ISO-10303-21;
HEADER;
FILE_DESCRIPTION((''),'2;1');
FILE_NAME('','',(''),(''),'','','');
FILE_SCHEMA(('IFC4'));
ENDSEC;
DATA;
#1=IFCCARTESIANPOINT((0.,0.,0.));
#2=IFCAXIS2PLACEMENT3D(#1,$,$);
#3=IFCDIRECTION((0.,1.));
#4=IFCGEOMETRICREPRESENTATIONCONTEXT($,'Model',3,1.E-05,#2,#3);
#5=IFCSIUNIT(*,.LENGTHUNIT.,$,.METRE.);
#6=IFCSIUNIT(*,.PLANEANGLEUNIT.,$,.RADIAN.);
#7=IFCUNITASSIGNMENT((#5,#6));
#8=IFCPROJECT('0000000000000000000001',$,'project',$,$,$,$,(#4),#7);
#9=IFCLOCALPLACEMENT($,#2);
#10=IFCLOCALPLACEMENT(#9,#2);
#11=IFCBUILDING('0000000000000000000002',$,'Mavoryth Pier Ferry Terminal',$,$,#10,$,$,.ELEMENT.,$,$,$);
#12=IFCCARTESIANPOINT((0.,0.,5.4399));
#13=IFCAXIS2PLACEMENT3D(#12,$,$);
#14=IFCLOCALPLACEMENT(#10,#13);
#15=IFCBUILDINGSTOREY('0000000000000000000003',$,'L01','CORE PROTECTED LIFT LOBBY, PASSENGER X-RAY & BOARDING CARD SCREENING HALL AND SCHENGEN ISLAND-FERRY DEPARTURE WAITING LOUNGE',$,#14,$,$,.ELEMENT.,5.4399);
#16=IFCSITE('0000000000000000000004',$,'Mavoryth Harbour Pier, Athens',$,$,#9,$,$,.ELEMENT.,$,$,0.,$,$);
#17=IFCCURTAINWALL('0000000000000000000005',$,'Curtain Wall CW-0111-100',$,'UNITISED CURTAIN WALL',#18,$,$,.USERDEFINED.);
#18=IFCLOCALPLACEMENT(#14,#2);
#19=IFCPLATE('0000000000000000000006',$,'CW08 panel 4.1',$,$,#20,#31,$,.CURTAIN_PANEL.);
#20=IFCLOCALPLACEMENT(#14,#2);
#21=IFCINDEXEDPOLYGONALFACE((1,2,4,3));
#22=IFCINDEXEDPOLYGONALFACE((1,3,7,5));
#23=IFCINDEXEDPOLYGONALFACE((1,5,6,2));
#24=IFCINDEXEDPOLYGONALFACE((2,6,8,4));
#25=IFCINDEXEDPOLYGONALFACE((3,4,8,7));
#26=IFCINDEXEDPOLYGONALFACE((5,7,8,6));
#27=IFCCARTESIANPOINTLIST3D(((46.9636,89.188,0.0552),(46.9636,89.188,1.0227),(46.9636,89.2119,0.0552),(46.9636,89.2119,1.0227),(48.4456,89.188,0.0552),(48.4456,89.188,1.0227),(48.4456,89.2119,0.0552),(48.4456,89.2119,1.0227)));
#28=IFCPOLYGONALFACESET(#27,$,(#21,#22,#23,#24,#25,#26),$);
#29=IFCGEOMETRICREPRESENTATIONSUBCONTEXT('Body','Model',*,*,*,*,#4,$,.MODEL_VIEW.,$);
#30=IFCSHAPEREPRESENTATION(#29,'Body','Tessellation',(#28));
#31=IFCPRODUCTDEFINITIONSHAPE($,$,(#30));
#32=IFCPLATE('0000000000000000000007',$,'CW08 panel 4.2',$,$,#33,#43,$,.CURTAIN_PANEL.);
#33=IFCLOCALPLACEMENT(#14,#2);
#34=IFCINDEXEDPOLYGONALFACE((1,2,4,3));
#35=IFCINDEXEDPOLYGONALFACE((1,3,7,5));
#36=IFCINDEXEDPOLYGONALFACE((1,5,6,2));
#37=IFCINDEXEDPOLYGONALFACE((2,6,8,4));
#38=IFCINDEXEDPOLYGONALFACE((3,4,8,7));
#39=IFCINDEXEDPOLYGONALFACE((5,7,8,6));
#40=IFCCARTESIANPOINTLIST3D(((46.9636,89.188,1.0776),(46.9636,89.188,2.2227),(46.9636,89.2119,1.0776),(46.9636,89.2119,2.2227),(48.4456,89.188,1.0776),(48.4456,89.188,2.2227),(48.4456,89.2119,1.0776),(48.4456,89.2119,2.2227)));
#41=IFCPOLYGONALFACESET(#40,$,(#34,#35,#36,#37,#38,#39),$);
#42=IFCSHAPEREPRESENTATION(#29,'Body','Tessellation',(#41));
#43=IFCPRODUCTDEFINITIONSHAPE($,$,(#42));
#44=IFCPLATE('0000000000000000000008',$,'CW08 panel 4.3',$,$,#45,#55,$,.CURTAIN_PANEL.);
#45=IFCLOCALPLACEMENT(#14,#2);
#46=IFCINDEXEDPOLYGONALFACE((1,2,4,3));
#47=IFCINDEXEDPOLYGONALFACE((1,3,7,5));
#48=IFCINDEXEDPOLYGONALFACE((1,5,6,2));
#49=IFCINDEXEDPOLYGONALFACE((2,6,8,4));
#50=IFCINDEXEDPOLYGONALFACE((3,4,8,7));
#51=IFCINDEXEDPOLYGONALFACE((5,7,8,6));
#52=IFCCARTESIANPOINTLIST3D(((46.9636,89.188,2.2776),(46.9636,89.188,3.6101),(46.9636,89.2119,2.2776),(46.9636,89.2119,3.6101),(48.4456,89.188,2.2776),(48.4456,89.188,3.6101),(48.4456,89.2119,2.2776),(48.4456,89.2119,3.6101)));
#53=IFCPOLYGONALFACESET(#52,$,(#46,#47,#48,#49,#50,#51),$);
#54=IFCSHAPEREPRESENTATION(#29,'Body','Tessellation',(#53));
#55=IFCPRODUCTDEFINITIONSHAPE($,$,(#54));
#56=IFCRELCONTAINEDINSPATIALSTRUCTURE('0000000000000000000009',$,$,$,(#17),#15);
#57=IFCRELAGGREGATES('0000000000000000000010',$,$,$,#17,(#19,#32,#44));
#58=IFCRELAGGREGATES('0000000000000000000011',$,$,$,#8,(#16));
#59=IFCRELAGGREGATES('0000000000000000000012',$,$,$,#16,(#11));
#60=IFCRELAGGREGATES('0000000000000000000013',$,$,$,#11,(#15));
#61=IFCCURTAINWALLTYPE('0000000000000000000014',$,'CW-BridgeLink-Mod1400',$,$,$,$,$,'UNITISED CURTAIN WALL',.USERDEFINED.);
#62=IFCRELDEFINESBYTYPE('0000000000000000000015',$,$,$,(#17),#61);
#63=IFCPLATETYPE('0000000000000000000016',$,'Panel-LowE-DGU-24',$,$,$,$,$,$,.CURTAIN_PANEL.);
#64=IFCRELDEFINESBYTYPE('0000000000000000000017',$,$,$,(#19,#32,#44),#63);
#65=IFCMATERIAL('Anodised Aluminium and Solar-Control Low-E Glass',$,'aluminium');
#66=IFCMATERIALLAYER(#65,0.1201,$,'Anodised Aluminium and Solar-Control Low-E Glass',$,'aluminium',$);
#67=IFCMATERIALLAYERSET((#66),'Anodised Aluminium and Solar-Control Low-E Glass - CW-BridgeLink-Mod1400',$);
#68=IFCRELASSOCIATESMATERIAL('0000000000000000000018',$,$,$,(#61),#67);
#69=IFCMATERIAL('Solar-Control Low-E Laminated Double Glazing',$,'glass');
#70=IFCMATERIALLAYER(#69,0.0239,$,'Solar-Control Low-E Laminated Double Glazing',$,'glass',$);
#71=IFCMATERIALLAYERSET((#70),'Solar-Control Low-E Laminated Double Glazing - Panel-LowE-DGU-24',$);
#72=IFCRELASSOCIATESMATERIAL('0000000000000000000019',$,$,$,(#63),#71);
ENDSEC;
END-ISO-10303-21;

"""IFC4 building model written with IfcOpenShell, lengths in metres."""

from ifc_helpers import new_model, si_unit, direction, frame, origin, origin_2d, place, context, subcontext, project, spatial, rectangle, extrude, material, layer, layer_set, type_object, element, aggregate, save


model = new_model("IFC4")

# Units and contexts
model_context = context("Model", 3, precision=1e-05, world=origin(), true_north=direction((0.0, 1.0)))
body_context = subcontext(model_context, "Body", "Model", "MODEL_VIEW")
ifc_project = project(units=[si_unit("LENGTHUNIT", "METRE"), si_unit("PLANEANGLEUNIT", "RADIAN")], contexts=[model_context])

# Site, building, storey
site_placement = place(None, origin())
site = spatial("IfcSite", under=ifc_project, at=site_placement, Name="Mavoryth Harbour Pier, Athens", CompositionType="ELEMENT", RefElevation=0.0)
building_placement = place(site_placement, origin())
building = spatial("IfcBuilding", under=site, at=building_placement, Name="Mavoryth Pier Ferry Terminal", CompositionType="ELEMENT")
storey_placement = place(building_placement, frame((0.0, 0.0, 5.4399)))
storey = spatial("IfcBuildingStorey", under=building, at=storey_placement, Name="L01", Description="CORE PROTECTED LIFT LOBBY, PASSENGER X-RAY & BOARDING CARD SCREENING HALL AND SCHENGEN ISLAND-FERRY DEPARTURE WAITING LOUNGE", CompositionType="ELEMENT", Elevation=5.4399)

# Curtain wall
ifc_material_1 = material(Name="Anodised Aluminium and Solar-Control Low-E Glass", Category="aluminium")
ifc_layer_1 = layer(ifc_material_1, 0.1201, Name="Anodised Aluminium and Solar-Control Low-E Glass", Category="aluminium")
ifc_layer_set_1 = layer_set([ifc_layer_1], Name="Anodised Aluminium and Solar-Control Low-E Glass - CW-BridgeLink-Mod1400")
curtain_wall_type = type_object("IfcCurtainWallType", Name="CW-BridgeLink-Mod1400", ElementType="UNITISED CURTAIN WALL", PredefinedType="USERDEFINED", material=ifc_layer_set_1)
curtain_wall_placement = place(storey_placement, origin())
curtain_wall = element("IfcCurtainWall", 1, at=curtain_wall_placement, inside=storey, type_object=curtain_wall_type, Name="Curtain Wall CW-0111-100", ObjectType="UNITISED CURTAIN WALL", PredefinedType="USERDEFINED")

# Plates
ifc_material_2 = material(Name="Solar-Control Low-E Laminated Double Glazing", Category="glass")
ifc_layer_2 = layer(ifc_material_2, 0.0239, Name="Solar-Control Low-E Laminated Double Glazing", Category="glass")
ifc_layer_set_2 = layer_set([ifc_layer_2], Name="Solar-Control Low-E Laminated Double Glazing - Panel-LowE-DGU-24")
plate_type = type_object("IfcPlateType", Name="Panel-LowE-DGU-24", PredefinedType="CURTAIN_PANEL", material=ifc_layer_set_2)
plate_1_placement = place(storey_placement, frame((47.7046, 89.2, 0.0552), z_axis=(0.0, 0.0, 1.0), x_axis=(1.0, 0.0, 0.0)))
plate_1 = element("IfcPlate", 2, at=plate_1_placement, type_object=plate_type, Name="CW08 panel 4.1", PredefinedType="CURTAIN_PANEL", context=body_context, shape_type="SweptSolid", body=[
    extrude(rectangle(XDim=1.4819, YDim=0.0239, at=origin_2d()), origin(), (0.0, 0.0, 1.0), 0.9675),
])
plate_2_placement = place(storey_placement, frame((47.7046, 89.2, 1.0776), z_axis=(0.0, 0.0, 1.0), x_axis=(1.0, 0.0, 0.0)))
plate_2 = element("IfcPlate", 3, at=plate_2_placement, type_object=plate_type, Name="CW08 panel 4.2", PredefinedType="CURTAIN_PANEL", context=body_context, shape_type="SweptSolid", body=[
    extrude(rectangle(XDim=1.4819, YDim=0.0239, at=origin_2d()), origin(), (0.0, 0.0, 1.0), 1.145),
])
plate_3_placement = place(storey_placement, frame((47.7046, 89.2, 2.2776), z_axis=(0.0, 0.0, 1.0), x_axis=(1.0, 0.0, 0.0)))
plate_3 = element("IfcPlate", 4, at=plate_3_placement, type_object=plate_type, Name="CW08 panel 4.3", PredefinedType="CURTAIN_PANEL", context=body_context, shape_type="SweptSolid", body=[
    extrude(rectangle(XDim=1.4819, YDim=0.0239, at=origin_2d()), origin(), (0.0, 0.0, 1.0), 1.3325),
])
aggregate(curtain_wall, [plate_1, plate_2, plate_3])

save(model, "model.ifc")
